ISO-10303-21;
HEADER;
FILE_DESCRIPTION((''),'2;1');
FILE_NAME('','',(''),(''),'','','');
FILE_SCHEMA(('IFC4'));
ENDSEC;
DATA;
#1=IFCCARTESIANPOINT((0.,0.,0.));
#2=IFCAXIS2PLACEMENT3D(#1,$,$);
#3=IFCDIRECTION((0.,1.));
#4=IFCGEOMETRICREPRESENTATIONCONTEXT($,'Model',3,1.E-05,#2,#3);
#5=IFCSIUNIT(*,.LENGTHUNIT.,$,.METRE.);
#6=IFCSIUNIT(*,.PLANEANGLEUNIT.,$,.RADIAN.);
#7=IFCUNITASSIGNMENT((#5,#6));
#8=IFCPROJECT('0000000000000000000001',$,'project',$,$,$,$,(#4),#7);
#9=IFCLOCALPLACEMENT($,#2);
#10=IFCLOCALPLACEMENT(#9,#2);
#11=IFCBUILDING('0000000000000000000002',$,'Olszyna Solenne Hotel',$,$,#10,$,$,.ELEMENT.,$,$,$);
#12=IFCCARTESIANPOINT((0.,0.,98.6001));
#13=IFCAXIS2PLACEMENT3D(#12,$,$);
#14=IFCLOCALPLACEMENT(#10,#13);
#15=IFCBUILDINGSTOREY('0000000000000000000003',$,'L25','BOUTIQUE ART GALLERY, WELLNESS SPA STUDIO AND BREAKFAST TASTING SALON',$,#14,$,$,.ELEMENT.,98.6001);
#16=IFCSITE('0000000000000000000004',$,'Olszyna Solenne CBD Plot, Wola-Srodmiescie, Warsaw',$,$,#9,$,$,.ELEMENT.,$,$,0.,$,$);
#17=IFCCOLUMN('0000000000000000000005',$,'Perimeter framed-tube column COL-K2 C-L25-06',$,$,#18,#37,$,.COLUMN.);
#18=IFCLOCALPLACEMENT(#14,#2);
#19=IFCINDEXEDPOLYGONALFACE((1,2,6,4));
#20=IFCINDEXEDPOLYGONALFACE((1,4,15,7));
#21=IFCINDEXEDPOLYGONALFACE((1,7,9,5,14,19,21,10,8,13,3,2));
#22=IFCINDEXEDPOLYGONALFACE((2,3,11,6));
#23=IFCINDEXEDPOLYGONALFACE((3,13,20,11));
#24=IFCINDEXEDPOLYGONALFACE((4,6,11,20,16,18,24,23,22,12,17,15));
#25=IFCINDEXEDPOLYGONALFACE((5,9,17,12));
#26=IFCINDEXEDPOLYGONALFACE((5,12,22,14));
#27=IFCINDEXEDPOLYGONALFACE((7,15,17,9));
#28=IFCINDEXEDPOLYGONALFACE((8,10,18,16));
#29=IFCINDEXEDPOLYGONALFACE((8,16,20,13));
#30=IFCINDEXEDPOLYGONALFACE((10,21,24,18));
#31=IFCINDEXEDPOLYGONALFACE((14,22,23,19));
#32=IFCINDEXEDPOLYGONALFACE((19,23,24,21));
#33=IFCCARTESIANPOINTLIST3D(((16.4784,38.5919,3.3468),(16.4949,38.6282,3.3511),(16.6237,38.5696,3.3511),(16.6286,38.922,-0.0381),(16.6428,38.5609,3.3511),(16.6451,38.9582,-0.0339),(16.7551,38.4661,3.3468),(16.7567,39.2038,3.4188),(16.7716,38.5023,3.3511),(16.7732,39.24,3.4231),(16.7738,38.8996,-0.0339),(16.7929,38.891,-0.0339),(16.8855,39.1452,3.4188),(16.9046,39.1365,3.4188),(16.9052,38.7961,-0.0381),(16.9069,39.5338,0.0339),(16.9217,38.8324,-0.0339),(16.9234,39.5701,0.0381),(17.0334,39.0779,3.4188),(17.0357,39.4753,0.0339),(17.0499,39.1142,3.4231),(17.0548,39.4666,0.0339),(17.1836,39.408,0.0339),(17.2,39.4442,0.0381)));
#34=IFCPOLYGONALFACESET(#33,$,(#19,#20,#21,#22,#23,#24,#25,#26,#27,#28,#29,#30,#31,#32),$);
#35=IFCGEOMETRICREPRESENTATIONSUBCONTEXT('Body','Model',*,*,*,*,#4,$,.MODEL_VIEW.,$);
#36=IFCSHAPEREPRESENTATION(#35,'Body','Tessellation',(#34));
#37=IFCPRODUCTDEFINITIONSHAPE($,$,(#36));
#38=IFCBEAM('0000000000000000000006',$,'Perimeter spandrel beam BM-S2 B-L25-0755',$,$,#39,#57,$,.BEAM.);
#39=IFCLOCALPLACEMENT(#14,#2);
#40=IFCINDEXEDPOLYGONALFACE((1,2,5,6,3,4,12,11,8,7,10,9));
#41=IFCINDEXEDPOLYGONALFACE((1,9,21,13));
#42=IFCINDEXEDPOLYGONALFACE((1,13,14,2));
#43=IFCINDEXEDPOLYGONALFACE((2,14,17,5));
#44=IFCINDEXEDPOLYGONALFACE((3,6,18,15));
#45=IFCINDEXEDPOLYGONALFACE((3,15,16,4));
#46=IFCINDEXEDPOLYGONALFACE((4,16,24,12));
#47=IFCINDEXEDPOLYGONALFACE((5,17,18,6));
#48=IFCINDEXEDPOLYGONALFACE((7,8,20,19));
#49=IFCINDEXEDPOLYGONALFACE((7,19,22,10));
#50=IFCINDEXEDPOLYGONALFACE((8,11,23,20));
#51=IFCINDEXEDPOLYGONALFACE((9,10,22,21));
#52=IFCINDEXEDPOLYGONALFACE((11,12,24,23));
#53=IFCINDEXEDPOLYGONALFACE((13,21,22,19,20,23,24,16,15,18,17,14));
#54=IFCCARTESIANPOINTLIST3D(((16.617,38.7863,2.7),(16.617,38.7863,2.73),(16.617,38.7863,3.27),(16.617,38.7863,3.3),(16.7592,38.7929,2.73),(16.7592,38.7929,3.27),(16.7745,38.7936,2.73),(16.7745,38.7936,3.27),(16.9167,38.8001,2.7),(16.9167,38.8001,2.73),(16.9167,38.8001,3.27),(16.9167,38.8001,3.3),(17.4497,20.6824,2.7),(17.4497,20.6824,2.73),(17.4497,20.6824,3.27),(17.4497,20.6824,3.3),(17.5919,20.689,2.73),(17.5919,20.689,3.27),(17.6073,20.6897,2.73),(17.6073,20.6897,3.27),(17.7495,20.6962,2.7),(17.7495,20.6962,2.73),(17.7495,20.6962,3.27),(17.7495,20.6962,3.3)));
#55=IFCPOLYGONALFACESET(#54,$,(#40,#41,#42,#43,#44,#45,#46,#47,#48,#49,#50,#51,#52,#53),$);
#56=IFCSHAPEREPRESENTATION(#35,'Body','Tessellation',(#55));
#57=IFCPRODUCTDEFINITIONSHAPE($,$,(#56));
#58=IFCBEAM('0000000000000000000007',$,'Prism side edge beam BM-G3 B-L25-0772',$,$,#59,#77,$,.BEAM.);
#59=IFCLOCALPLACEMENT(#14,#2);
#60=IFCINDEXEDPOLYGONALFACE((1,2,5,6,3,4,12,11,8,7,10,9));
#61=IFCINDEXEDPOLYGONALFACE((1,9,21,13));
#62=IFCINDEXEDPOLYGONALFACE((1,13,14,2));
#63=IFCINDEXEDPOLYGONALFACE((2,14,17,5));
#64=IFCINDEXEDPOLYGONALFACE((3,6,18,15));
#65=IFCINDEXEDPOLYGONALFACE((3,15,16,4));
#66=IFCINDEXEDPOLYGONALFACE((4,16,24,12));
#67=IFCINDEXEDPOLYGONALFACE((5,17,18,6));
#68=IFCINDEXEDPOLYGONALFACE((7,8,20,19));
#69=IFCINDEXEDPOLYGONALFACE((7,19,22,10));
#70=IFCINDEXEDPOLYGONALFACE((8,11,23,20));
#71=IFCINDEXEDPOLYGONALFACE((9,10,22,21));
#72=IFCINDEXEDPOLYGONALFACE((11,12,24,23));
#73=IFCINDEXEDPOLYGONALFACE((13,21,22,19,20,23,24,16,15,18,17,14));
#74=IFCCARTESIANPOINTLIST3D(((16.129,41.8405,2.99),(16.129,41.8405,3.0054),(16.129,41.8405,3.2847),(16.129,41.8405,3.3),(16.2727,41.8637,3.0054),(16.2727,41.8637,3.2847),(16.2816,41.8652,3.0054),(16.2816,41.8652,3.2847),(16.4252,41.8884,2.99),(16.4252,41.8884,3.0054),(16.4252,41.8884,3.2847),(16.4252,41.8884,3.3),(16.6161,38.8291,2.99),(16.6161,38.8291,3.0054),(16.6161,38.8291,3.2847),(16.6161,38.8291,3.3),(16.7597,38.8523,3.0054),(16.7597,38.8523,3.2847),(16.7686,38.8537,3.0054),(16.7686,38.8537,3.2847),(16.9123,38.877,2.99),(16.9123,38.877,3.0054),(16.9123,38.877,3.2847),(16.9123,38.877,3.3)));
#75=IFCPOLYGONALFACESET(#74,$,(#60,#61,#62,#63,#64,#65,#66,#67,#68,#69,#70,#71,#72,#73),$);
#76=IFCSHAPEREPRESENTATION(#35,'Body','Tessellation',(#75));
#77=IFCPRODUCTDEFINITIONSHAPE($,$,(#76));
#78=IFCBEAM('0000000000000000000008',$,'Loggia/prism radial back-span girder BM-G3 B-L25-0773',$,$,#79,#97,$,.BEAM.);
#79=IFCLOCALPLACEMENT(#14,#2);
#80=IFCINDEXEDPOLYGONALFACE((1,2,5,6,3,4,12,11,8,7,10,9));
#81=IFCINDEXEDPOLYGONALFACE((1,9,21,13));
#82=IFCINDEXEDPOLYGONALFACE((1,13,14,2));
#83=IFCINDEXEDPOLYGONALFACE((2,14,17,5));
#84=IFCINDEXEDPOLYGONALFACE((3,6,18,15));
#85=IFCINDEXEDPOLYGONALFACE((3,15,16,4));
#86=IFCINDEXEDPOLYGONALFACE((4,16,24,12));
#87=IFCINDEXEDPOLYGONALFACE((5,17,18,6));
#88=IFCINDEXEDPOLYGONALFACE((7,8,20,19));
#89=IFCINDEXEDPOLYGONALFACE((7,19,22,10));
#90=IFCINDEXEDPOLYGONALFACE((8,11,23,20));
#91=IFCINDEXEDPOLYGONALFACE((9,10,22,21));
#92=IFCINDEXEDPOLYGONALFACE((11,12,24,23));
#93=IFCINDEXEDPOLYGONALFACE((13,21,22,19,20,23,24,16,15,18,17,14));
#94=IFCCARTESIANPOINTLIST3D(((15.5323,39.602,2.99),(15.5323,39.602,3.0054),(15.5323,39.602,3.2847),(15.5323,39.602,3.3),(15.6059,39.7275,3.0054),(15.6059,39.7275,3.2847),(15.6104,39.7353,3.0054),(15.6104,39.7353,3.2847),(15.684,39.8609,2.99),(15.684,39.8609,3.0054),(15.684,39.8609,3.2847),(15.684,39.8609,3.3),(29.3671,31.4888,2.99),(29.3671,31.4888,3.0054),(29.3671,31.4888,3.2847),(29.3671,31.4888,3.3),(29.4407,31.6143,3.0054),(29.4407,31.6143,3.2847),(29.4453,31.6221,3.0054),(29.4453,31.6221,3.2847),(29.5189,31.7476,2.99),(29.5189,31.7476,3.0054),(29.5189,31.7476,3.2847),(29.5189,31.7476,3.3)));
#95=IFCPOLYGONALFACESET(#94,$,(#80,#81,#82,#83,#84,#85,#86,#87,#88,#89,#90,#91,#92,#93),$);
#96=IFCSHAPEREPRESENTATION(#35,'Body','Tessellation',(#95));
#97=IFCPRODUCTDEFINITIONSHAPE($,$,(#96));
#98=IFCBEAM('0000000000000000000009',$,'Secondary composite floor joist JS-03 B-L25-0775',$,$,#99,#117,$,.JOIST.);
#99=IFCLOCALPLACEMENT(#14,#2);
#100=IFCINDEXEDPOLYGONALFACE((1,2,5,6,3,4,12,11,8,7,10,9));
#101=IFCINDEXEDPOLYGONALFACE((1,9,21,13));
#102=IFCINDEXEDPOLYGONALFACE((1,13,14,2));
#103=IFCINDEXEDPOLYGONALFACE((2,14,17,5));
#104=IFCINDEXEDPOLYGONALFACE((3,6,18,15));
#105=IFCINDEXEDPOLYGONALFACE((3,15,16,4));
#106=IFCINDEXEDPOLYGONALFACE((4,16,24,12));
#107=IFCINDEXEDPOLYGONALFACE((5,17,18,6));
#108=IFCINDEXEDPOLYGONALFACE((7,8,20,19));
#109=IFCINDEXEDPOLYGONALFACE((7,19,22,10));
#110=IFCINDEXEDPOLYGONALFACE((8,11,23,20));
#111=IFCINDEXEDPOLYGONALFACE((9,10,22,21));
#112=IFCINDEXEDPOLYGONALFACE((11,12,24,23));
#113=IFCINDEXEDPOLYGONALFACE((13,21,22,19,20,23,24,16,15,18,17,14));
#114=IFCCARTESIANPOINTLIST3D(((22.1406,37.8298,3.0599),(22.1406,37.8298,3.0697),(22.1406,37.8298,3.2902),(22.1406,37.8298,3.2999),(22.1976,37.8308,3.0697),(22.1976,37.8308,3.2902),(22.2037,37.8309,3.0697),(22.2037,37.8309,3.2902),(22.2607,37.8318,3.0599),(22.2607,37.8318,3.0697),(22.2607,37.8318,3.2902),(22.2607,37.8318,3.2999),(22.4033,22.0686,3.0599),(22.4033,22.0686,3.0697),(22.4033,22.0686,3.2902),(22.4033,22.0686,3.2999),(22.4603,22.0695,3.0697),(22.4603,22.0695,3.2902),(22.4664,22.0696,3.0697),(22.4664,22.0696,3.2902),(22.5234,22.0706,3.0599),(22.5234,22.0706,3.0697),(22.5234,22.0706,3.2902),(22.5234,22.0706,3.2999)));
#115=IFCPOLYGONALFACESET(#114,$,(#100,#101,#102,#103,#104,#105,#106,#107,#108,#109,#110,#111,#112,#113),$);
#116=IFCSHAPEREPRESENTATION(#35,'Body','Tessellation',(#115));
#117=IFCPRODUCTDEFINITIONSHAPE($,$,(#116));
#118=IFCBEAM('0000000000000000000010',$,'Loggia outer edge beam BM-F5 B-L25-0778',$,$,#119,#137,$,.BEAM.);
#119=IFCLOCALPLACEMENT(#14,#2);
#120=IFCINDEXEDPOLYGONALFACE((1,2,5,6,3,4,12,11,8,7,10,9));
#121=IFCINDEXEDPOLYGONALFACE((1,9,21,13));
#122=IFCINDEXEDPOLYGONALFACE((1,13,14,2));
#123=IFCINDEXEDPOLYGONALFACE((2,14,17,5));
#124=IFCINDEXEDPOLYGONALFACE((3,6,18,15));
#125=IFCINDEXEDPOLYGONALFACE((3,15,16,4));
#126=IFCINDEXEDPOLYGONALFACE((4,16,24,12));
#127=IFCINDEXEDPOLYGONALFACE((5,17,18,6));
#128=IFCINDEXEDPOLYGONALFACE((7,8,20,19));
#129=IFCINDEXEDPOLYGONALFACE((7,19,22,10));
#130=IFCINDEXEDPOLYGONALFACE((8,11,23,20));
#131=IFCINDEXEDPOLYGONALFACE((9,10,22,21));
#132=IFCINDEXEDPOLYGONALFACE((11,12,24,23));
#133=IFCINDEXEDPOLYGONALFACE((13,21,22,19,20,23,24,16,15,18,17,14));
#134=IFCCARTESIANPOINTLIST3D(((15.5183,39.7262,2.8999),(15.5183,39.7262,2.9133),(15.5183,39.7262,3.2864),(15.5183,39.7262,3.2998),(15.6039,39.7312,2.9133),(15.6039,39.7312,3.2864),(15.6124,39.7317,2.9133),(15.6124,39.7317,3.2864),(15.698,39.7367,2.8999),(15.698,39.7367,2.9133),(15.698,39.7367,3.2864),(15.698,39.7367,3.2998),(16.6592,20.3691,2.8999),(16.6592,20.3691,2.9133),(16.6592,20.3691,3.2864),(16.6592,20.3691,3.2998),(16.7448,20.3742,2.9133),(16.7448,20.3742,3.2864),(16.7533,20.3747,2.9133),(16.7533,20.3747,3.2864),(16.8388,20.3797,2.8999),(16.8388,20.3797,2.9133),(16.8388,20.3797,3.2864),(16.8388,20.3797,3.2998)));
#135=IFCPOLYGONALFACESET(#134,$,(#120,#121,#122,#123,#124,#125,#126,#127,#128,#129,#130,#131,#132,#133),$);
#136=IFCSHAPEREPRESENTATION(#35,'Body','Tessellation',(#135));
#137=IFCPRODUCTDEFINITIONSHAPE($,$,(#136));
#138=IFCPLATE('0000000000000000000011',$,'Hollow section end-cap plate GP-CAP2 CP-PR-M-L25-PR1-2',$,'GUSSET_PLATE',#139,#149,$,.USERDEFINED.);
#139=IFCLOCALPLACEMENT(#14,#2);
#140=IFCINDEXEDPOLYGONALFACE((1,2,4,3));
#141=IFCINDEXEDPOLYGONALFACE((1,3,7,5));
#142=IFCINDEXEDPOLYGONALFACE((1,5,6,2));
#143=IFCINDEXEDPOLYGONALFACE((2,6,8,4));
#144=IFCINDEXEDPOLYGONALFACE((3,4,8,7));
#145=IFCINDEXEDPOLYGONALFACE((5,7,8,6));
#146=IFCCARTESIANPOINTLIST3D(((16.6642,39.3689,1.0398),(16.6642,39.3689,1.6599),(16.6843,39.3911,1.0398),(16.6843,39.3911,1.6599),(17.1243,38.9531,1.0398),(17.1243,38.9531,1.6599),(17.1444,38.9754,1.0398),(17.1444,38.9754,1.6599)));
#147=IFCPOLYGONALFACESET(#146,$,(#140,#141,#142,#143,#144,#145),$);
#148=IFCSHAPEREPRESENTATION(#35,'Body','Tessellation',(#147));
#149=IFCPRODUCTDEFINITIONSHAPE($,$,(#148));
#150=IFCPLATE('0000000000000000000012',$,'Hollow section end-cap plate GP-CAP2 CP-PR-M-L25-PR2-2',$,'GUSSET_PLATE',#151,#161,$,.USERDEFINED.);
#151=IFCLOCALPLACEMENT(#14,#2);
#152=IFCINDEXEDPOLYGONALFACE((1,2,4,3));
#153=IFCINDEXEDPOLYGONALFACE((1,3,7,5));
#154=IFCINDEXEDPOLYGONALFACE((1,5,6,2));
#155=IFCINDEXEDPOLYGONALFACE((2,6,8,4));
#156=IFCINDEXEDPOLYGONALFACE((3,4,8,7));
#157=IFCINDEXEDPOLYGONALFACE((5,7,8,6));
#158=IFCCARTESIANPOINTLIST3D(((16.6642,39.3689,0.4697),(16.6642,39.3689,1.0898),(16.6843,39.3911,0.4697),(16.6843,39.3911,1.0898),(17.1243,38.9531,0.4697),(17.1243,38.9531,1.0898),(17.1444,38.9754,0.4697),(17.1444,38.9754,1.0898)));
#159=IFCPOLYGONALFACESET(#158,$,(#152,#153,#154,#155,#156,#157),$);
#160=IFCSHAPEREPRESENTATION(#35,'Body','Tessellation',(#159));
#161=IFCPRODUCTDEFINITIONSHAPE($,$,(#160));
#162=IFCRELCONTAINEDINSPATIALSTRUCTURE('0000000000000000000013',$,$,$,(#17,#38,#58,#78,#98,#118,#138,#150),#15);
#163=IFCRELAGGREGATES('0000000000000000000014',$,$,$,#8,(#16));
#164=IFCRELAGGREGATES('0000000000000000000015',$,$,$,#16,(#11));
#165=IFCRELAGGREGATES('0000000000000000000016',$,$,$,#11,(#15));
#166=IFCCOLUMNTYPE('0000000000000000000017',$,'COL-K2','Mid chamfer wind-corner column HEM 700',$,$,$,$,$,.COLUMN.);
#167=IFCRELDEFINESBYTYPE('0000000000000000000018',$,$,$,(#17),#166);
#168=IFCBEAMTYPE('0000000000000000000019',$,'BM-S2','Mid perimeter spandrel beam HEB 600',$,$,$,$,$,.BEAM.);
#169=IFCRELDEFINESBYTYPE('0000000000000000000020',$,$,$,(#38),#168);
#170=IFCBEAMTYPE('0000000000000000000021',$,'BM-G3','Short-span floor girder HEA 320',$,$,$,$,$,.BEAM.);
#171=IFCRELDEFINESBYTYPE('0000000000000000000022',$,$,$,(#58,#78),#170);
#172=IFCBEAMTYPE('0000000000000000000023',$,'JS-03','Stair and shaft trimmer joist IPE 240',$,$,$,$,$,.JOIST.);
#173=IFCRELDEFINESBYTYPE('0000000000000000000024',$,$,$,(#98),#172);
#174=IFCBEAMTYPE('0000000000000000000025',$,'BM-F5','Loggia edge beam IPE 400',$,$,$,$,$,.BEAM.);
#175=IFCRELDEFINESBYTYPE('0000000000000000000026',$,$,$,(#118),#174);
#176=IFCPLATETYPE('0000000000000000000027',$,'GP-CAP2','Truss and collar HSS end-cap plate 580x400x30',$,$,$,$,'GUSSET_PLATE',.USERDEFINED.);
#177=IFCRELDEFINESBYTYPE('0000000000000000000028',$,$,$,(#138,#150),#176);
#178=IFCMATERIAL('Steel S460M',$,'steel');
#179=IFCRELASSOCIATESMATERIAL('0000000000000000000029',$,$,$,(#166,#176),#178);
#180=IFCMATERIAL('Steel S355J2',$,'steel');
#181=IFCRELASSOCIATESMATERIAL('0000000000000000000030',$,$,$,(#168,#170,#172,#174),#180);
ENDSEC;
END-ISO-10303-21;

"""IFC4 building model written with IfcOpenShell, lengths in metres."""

from ifc_helpers import new_model, si_unit, direction, frame, origin, origin_2d, place, context, subcontext, project, spatial, rectangle, i_section, extrude, source, transform, mapped, material, material_profile, profile_set, type_object, element, save


model = new_model("IFC4")

# Units and contexts
model_context = context("Model", 3, precision=1e-05, world=origin(), true_north=direction((0.0, 1.0)))
body_context = subcontext(model_context, "Body", "Model", "MODEL_VIEW")
ifc_project = project(units=[si_unit("LENGTHUNIT", "METRE"), si_unit("PLANEANGLEUNIT", "RADIAN")], contexts=[model_context])

# Site, building, storey
site_placement = place(None, origin())
site = spatial("IfcSite", under=ifc_project, at=site_placement, Name="Olszyna Solenne CBD Plot, Wola-Srodmiescie, Warsaw", CompositionType="ELEMENT", RefElevation=0.0)
building_placement = place(site_placement, origin())
building = spatial("IfcBuilding", under=site, at=building_placement, Name="Olszyna Solenne Hotel", CompositionType="ELEMENT")
storey_placement = place(building_placement, frame((0.0, 0.0, 98.6001)))
storey = spatial("IfcBuildingStorey", under=building, at=storey_placement, Name="L25", Description="BOUTIQUE ART GALLERY, WELLNESS SPA STUDIO AND BREAKFAST TASTING SALON", CompositionType="ELEMENT", Elevation=98.6001)

# Column
ifc_material_1 = material(Name="Steel S460M", Category="steel")
ifc_material_profile_1 = material_profile(ifc_material_1, i_section(OverallWidth=0.304, OverallDepth=0.7161, WebThickness=0.021, FlangeThickness=0.04, at=origin_2d()), Name="HEM 700", Category="load-bearing")
ifc_profile_set_1 = profile_set([ifc_material_profile_1], Name="Steel S460M")
column_type = type_object("IfcColumnType", Name="COL-K2", Description="Mid chamfer wind-corner column HEM 700", PredefinedType="COLUMN", material=ifc_profile_set_1)
shared_shape_1 = source(origin(), body_context, "Body", "SweptSolid", [
    extrude(i_section(OverallWidth=0.304, OverallDepth=0.7161, WebThickness=0.021, FlangeThickness=0.04, at=origin_2d()), origin(), (0.0, 0.0, 1.0), 3.4043),
])
column_placement = place(storey_placement, frame((16.9143, 39.1831, 0.0), z_axis=(-0.044104, -0.096957, 0.994311), x_axis=(0.910251, -0.414057, 0.0)))
element("IfcColumn", 1, at=column_placement, inside=storey, type_object=column_type, Name="Perimeter framed-tube column COL-K2 C-L25-06", PredefinedType="COLUMN", context=body_context, shape_type="MappedRepresentation", body=[
    mapped(shared_shape_1, transform((0.0, 0.0, 0.0), x_axis=(1.0, 0.0, 0.0), y_axis=(0.0, 1.0, 0.0), z_axis=(0.0, 0.0, 1.0), scale=1.0)),
])

# Beams
ifc_material_2 = material(Name="Steel S355J2", Category="steel")
ifc_material_profile_2 = material_profile(ifc_material_2, i_section(OverallWidth=0.3, OverallDepth=0.6001, WebThickness=0.0154, FlangeThickness=0.03, at=origin_2d()), Name="HEB 600", Category="load-bearing")
ifc_profile_set_2 = profile_set([ifc_material_profile_2], Name="Steel S355J2")
beam_type_1 = type_object("IfcBeamType", Name="BM-S2", Description="Mid perimeter spandrel beam HEB 600", PredefinedType="BEAM", material=ifc_profile_set_2)
shared_shape_2 = source(origin(), body_context, "Body", "SweptSolid", [
    extrude(i_section(OverallWidth=0.3, OverallDepth=0.6001, WebThickness=0.0154, FlangeThickness=0.03, at=origin_2d()), origin(), (0.0, 0.0, 1.0), 18.123),
])
beam_1_placement = place(storey_placement, frame((16.7668, 38.7932, 3.0), z_axis=(0.04595, -0.998944, 0.0), x_axis=(0.998944, 0.04595, 0.0)))
element("IfcBeam", 2, at=beam_1_placement, inside=storey, type_object=beam_type_1, Name="Perimeter spandrel beam BM-S2 B-L25-0755", PredefinedType="BEAM", context=body_context, shape_type="MappedRepresentation", body=[
    mapped(shared_shape_2, transform((0.0, 0.0, 0.0), x_axis=(1.0, 0.0, 0.0), y_axis=(0.0, 1.0, 0.0), z_axis=(0.0, 0.0, 1.0), scale=1.0)),
])
ifc_material_profile_3 = material_profile(ifc_material_2, i_section(OverallWidth=0.3, OverallDepth=0.3101, WebThickness=0.009, FlangeThickness=0.0154, at=origin_2d()), Name="HEA 320", Category="load-bearing")
ifc_profile_set_3 = profile_set([ifc_material_profile_3], Name="Steel S355J2")
beam_type_2 = type_object("IfcBeamType", Name="BM-G3", Description="Short-span floor girder HEA 320", PredefinedType="BEAM", material=ifc_profile_set_3)
shared_shape_3 = source(origin(), body_context, "Body", "SweptSolid", [
    extrude(i_section(OverallWidth=0.3, OverallDepth=0.3101, WebThickness=0.009, FlangeThickness=0.0154, at=origin_2d()), origin(), (0.0, 0.0, 1.0), 3.0505),
])
beam_2_placement = place(storey_placement, frame((16.7642, 38.853, 3.145), z_axis=(-0.15966, 0.987172, 0.0), x_axis=(-0.987172, -0.15966, 0.0)))
element("IfcBeam", 3, at=beam_2_placement, inside=storey, type_object=beam_type_2, Name="Prism side edge beam BM-G3 B-L25-0772", PredefinedType="BEAM", context=body_context, shape_type="MappedRepresentation", body=[
    mapped(shared_shape_3, transform((0.0, 0.0, 0.0), x_axis=(1.0, 0.0, 0.0), y_axis=(0.0, 1.0, 0.0), z_axis=(0.0, 0.0, 1.0), scale=1.0)),
])
shared_shape_4 = source(origin(), body_context, "Body", "SweptSolid", [
    extrude(i_section(OverallWidth=0.3, OverallDepth=0.3101, WebThickness=0.009, FlangeThickness=0.0154, at=origin_2d()), origin(), (0.0, 0.0, 1.0), 16.0383),
])
beam_3_placement = place(storey_placement, frame((15.6082, 39.7314, 3.145), z_axis=(0.862613, -0.505865, 0.0), x_axis=(0.505865, 0.862613, 0.0)))
element("IfcBeam", 4, at=beam_3_placement, inside=storey, type_object=beam_type_2, Name="Loggia/prism radial back-span girder BM-G3 B-L25-0773", PredefinedType="BEAM", context=body_context, shape_type="MappedRepresentation", body=[
    mapped(shared_shape_4, transform((0.0, 0.0, 0.0), x_axis=(1.0, 0.0, 0.0), y_axis=(0.0, 1.0, 0.0), z_axis=(0.0, 0.0, 1.0), scale=1.0)),
])
ifc_material_profile_4 = material_profile(ifc_material_2, i_section(OverallWidth=0.1201, OverallDepth=0.24, WebThickness=0.0061, FlangeThickness=0.0098, at=origin_2d()), Name="IPE 240", Category="load-bearing")
ifc_profile_set_4 = profile_set([ifc_material_profile_4], Name="Steel S355J2")
beam_type_3 = type_object("IfcBeamType", Name="JS-03", Description="Stair and shaft trimmer joist IPE 240", PredefinedType="JOIST", material=ifc_profile_set_4)
shared_shape_5 = source(origin(), body_context, "Body", "SweptSolid", [
    extrude(i_section(OverallWidth=0.1201, OverallDepth=0.24, WebThickness=0.0061, FlangeThickness=0.0098, at=origin_2d()), origin(), (0.0, 0.0, 1.0), 15.7634),
])
beam_4_placement = place(storey_placement, frame((22.2007, 37.8308, 3.1799), z_axis=(0.016665, -0.999861, 0.0), x_axis=(0.999861, 0.016665, 0.0)))
element("IfcBeam", 5, at=beam_4_placement, inside=storey, type_object=beam_type_3, Name="Secondary composite floor joist JS-03 B-L25-0775", PredefinedType="JOIST", context=body_context, shape_type="MappedRepresentation", body=[
    mapped(shared_shape_5, transform((0.0, 0.0, 0.0), x_axis=(1.0, 0.0, 0.0), y_axis=(0.0, 1.0, 0.0), z_axis=(0.0, 0.0, 1.0), scale=1.0)),
])
ifc_material_profile_5 = material_profile(ifc_material_2, i_section(OverallWidth=0.1799, OverallDepth=0.3999, WebThickness=0.0085, FlangeThickness=0.0134, at=origin_2d()), Name="IPE 400", Category="load-bearing")
ifc_profile_set_5 = profile_set([ifc_material_profile_5], Name="Steel S355J2")
beam_type_4 = type_object("IfcBeamType", Name="BM-F5", Description="Loggia edge beam IPE 400", PredefinedType="BEAM", material=ifc_profile_set_5)
shared_shape_6 = source(origin(), body_context, "Body", "SweptSolid", [
    extrude(i_section(OverallWidth=0.1799, OverallDepth=0.3999, WebThickness=0.0085, FlangeThickness=0.0134, at=origin_2d()), origin(), (0.0, 0.0, 1.0), 19.3906),
])
beam_5_placement = place(storey_placement, frame((15.6082, 39.7314, 3.0999), z_axis=(0.058836, -0.998268, 0.0), x_axis=(0.998268, 0.058836, 0.0)))
element("IfcBeam", 6, at=beam_5_placement, inside=storey, type_object=beam_type_4, Name="Loggia outer edge beam BM-F5 B-L25-0778", PredefinedType="BEAM", context=body_context, shape_type="MappedRepresentation", body=[
    mapped(shared_shape_6, transform((0.0, 0.0, 0.0), x_axis=(1.0, 0.0, 0.0), y_axis=(0.0, 1.0, 0.0), z_axis=(0.0, 0.0, 1.0), scale=1.0)),
])

# Plates
plate_type = type_object("IfcPlateType", Name="GP-CAP2", Description="Truss and collar HSS end-cap plate 580x400x30", ElementType="GUSSET_PLATE", PredefinedType="USERDEFINED", material=ifc_material_1)
shared_shape_7 = source(origin(), body_context, "Body", "SweptSolid", [
    extrude(rectangle(XDim=0.03, YDim=0.6201, at=origin_2d()), origin(), (0.0, 0.0, 1.0), 0.6201),
])
for number, where, z_axis, x_axis, name in (
    (7, (16.9043, 39.1721, 1.0398), (0.0, 0.0, 1.0), (-0.670427, -0.741976, 0.0), "Hollow section end-cap plate GP-CAP2 CP-PR-M-L25-PR1-2"),
    (8, (16.9043, 39.1721, 0.4697), (0.0, 0.0, 1.0), (-0.670427, -0.741976, 0.0), "Hollow section end-cap plate GP-CAP2 CP-PR-M-L25-PR2-2"),
):
    element("IfcPlate", number, at=place(storey_placement, frame(where, z_axis=z_axis, x_axis=x_axis)), inside=storey, type_object=plate_type, Name=name, ObjectType="GUSSET_PLATE", PredefinedType="USERDEFINED", context=body_context, shape_type="MappedRepresentation", body=[
        mapped(shared_shape_7, transform((0.0, 0.0, 0.0), x_axis=(1.0, 0.0, 0.0), y_axis=(0.0, 1.0, 0.0), z_axis=(0.0, 0.0, 1.0), scale=1.0)),
    ])

save(model, "model.ifc")
